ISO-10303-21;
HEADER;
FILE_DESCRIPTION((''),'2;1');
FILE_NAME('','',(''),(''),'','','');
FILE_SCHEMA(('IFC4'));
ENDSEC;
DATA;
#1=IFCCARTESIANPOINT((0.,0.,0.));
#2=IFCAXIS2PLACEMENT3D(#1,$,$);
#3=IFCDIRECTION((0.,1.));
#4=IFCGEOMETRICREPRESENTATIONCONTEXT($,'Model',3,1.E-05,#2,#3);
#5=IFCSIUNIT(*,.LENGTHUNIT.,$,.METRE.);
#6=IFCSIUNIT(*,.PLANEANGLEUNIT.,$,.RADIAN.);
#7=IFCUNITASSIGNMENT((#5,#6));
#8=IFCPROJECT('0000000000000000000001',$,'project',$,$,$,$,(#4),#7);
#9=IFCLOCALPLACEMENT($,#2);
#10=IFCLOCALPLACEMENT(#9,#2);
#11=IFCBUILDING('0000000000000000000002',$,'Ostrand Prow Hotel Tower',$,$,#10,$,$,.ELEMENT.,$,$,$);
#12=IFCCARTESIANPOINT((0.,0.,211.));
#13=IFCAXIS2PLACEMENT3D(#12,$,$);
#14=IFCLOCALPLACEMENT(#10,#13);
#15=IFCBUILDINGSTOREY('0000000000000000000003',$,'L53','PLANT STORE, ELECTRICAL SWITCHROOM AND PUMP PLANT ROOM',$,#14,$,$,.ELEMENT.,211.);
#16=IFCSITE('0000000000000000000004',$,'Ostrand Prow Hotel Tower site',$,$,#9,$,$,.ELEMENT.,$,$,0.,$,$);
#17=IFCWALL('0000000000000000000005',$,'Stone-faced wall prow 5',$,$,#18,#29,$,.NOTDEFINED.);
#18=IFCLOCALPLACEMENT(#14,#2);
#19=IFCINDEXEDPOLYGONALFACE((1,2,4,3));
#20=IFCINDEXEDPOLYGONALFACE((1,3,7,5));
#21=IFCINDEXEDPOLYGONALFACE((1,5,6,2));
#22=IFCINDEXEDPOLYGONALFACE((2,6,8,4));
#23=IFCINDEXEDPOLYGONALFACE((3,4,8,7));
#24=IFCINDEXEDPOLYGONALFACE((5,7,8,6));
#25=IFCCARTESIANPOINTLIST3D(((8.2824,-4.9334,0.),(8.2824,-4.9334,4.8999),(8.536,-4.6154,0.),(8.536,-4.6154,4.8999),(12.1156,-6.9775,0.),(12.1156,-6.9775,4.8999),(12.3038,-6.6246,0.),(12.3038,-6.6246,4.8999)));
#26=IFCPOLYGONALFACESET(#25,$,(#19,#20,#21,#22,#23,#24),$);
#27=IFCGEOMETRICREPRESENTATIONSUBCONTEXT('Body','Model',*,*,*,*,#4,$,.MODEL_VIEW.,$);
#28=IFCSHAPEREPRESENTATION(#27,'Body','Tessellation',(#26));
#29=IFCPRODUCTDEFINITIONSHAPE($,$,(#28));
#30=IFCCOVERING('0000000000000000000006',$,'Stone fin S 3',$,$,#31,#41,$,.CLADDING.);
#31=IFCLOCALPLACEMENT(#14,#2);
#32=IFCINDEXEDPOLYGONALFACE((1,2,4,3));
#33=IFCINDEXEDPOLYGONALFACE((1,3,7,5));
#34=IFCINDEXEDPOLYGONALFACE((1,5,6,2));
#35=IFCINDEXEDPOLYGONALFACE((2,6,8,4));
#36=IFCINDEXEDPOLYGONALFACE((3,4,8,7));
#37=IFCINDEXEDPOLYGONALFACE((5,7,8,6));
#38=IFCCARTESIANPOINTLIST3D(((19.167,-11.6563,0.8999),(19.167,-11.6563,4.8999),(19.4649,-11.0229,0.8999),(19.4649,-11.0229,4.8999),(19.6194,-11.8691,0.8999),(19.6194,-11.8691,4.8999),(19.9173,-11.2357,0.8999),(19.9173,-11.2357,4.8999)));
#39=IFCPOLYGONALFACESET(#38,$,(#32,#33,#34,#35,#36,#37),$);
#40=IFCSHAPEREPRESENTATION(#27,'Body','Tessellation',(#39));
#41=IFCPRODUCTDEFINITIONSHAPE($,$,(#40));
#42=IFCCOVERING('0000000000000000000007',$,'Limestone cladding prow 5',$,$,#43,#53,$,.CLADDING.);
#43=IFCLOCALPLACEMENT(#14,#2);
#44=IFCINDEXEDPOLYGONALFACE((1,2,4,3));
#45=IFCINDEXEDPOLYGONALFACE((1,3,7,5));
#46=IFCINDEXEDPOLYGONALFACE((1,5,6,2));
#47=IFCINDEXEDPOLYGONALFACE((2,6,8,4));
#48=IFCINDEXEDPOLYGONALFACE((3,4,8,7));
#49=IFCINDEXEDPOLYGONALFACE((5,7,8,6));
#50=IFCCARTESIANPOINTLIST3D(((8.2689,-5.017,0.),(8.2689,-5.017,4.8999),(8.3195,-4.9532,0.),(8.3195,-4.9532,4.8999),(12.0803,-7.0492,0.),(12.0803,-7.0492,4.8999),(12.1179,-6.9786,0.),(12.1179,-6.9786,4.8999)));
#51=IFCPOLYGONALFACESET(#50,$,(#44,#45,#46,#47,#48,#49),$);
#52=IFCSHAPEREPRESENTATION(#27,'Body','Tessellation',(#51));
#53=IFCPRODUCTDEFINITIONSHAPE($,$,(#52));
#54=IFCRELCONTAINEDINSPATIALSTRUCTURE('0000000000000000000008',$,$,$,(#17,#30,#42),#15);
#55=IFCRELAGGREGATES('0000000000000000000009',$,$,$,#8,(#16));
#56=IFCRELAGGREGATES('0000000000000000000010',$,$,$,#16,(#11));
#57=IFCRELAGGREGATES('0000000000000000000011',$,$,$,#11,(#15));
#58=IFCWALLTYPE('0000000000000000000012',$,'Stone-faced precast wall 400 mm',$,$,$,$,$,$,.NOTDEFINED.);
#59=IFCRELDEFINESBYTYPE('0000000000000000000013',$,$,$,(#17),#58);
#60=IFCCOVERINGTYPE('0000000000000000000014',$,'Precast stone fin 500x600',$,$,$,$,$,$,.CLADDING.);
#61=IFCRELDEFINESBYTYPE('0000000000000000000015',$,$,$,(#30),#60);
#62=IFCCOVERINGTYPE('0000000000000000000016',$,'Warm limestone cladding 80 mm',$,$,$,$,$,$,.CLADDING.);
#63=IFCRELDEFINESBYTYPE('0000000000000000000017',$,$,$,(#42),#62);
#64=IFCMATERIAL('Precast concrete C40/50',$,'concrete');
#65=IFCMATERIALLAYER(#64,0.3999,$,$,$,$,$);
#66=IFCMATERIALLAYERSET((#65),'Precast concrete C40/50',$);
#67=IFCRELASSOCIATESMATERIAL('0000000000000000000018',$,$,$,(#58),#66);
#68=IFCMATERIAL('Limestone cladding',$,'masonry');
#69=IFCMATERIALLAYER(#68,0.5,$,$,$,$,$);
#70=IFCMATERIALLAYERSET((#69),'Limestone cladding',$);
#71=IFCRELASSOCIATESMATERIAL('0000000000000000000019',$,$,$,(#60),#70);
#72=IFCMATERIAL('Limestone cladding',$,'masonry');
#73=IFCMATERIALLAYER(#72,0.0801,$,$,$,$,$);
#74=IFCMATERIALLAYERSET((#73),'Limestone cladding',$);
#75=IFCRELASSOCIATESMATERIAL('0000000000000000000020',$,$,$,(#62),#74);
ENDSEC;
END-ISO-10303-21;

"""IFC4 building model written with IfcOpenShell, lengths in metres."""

from ifc_helpers import new_model, si_unit, direction, frame, frame_2d, origin, place, context, subcontext, project, spatial, polyline, rectangle, outline, extrude, material, layer, layer_set, type_object, element, save


model = new_model("IFC4")

# Units and contexts
model_context = context("Model", 3, precision=1e-05, world=origin(), true_north=direction((0.0, 1.0)))
body_context = subcontext(model_context, "Body", "Model", "MODEL_VIEW")
ifc_project = project(units=[si_unit("LENGTHUNIT", "METRE"), si_unit("PLANEANGLEUNIT", "RADIAN")], contexts=[model_context])

# Site, building, storey
site_placement = place(None, origin())
site = spatial("IfcSite", under=ifc_project, at=site_placement, Name="Ostrand Prow Hotel Tower site", CompositionType="ELEMENT", RefElevation=0.0)
building_placement = place(site_placement, origin())
building = spatial("IfcBuilding", under=site, at=building_placement, Name="Ostrand Prow Hotel Tower", CompositionType="ELEMENT")
storey_placement = place(building_placement, frame((0.0, 0.0, 211.0)))
storey = spatial("IfcBuildingStorey", under=building, at=storey_placement, Name="L53", Description="PLANT STORE, ELECTRICAL SWITCHROOM AND PUMP PLANT ROOM", CompositionType="ELEMENT", Elevation=211.0)

# Wall
ifc_material_1 = material(Name="Precast concrete C40/50", Category="concrete")
ifc_layer_1 = layer(ifc_material_1, 0.3999)
ifc_layer_set_1 = layer_set([ifc_layer_1], Name="Precast concrete C40/50")
wall_type_1 = type_object("IfcWallType", Name="Stone-faced precast wall 400 mm", PredefinedType="NOTDEFINED", material=ifc_layer_set_1)
wall_1_placement = place(storey_placement, frame((8.4092, -4.7744, 0.0), z_axis=(0.0, 0.0, 1.0), x_axis=(0.882386, -0.470526, 0.0)))
element("IfcWall", 1, at=wall_1_placement, inside=storey, type_object=wall_type_1, Name="Stone-faced wall prow 5", PredefinedType="NOTDEFINED", context=body_context, shape_type="SweptSolid", body=[
    extrude(outline(polyline([(-0.0371, -0.2), (4.3071, -0.2), (4.3071, 0.2), (0.0371, 0.2), (-0.0371, -0.2)])), origin(), (0.0, 0.0, 1.0), 4.8999),
])

# Coverings
ifc_material_2 = material(Name="Limestone cladding", Category="masonry")
ifc_layer_2 = layer(ifc_material_2, 0.5)
ifc_layer_set_2 = layer_set([ifc_layer_2], Name="Limestone cladding")
covering_type_1 = type_object("IfcCoveringType", Name="Precast stone fin 500x600", PredefinedType="CLADDING", material=ifc_layer_set_2)
covering_1_placement = place(storey_placement, frame((19.6912, -11.1292, 0.8999), z_axis=(0.0, 0.0, 1.0), x_axis=(-0.425595, -0.904914, 0.0)))
element("IfcCovering", 2, at=covering_1_placement, inside=storey, type_object=covering_type_1, Name="Stone fin S 3", PredefinedType="CLADDING", context=body_context, shape_type="SweptSolid", body=[
    extrude(rectangle(XDim=0.7, YDim=0.5, at=frame_2d((0.3501, 0.0))), origin(), (0.0, 0.0, 1.0), 4.0),
])
ifc_material_3 = material(Name="Limestone cladding", Category="masonry")
ifc_layer_3 = layer(ifc_material_3, 0.0801)
ifc_layer_set_3 = layer_set([ifc_layer_3], Name="Limestone cladding")
covering_type_2 = type_object("IfcCoveringType", Name="Warm limestone cladding 80 mm", PredefinedType="CLADDING", material=ifc_layer_set_3)
covering_2_placement = place(storey_placement, frame((8.2942, -4.9851, 0.0), z_axis=(0.0, 0.0, 1.0), x_axis=(0.8824, -0.4705, 0.0)))
element("IfcCovering", 3, at=covering_2_placement, inside=storey, type_object=covering_type_2, Name="Limestone cladding prow 5", PredefinedType="CLADDING", context=body_context, shape_type="SweptSolid", body=[
    extrude(outline(polyline([(-0.0073, -0.04), (4.312, -0.04), (4.312, 0.04), (0.0073, 0.04), (-0.0073, -0.04)])), origin(), (0.0, 0.0, 1.0), 4.8999),
])

save(model, "model.ifc")
